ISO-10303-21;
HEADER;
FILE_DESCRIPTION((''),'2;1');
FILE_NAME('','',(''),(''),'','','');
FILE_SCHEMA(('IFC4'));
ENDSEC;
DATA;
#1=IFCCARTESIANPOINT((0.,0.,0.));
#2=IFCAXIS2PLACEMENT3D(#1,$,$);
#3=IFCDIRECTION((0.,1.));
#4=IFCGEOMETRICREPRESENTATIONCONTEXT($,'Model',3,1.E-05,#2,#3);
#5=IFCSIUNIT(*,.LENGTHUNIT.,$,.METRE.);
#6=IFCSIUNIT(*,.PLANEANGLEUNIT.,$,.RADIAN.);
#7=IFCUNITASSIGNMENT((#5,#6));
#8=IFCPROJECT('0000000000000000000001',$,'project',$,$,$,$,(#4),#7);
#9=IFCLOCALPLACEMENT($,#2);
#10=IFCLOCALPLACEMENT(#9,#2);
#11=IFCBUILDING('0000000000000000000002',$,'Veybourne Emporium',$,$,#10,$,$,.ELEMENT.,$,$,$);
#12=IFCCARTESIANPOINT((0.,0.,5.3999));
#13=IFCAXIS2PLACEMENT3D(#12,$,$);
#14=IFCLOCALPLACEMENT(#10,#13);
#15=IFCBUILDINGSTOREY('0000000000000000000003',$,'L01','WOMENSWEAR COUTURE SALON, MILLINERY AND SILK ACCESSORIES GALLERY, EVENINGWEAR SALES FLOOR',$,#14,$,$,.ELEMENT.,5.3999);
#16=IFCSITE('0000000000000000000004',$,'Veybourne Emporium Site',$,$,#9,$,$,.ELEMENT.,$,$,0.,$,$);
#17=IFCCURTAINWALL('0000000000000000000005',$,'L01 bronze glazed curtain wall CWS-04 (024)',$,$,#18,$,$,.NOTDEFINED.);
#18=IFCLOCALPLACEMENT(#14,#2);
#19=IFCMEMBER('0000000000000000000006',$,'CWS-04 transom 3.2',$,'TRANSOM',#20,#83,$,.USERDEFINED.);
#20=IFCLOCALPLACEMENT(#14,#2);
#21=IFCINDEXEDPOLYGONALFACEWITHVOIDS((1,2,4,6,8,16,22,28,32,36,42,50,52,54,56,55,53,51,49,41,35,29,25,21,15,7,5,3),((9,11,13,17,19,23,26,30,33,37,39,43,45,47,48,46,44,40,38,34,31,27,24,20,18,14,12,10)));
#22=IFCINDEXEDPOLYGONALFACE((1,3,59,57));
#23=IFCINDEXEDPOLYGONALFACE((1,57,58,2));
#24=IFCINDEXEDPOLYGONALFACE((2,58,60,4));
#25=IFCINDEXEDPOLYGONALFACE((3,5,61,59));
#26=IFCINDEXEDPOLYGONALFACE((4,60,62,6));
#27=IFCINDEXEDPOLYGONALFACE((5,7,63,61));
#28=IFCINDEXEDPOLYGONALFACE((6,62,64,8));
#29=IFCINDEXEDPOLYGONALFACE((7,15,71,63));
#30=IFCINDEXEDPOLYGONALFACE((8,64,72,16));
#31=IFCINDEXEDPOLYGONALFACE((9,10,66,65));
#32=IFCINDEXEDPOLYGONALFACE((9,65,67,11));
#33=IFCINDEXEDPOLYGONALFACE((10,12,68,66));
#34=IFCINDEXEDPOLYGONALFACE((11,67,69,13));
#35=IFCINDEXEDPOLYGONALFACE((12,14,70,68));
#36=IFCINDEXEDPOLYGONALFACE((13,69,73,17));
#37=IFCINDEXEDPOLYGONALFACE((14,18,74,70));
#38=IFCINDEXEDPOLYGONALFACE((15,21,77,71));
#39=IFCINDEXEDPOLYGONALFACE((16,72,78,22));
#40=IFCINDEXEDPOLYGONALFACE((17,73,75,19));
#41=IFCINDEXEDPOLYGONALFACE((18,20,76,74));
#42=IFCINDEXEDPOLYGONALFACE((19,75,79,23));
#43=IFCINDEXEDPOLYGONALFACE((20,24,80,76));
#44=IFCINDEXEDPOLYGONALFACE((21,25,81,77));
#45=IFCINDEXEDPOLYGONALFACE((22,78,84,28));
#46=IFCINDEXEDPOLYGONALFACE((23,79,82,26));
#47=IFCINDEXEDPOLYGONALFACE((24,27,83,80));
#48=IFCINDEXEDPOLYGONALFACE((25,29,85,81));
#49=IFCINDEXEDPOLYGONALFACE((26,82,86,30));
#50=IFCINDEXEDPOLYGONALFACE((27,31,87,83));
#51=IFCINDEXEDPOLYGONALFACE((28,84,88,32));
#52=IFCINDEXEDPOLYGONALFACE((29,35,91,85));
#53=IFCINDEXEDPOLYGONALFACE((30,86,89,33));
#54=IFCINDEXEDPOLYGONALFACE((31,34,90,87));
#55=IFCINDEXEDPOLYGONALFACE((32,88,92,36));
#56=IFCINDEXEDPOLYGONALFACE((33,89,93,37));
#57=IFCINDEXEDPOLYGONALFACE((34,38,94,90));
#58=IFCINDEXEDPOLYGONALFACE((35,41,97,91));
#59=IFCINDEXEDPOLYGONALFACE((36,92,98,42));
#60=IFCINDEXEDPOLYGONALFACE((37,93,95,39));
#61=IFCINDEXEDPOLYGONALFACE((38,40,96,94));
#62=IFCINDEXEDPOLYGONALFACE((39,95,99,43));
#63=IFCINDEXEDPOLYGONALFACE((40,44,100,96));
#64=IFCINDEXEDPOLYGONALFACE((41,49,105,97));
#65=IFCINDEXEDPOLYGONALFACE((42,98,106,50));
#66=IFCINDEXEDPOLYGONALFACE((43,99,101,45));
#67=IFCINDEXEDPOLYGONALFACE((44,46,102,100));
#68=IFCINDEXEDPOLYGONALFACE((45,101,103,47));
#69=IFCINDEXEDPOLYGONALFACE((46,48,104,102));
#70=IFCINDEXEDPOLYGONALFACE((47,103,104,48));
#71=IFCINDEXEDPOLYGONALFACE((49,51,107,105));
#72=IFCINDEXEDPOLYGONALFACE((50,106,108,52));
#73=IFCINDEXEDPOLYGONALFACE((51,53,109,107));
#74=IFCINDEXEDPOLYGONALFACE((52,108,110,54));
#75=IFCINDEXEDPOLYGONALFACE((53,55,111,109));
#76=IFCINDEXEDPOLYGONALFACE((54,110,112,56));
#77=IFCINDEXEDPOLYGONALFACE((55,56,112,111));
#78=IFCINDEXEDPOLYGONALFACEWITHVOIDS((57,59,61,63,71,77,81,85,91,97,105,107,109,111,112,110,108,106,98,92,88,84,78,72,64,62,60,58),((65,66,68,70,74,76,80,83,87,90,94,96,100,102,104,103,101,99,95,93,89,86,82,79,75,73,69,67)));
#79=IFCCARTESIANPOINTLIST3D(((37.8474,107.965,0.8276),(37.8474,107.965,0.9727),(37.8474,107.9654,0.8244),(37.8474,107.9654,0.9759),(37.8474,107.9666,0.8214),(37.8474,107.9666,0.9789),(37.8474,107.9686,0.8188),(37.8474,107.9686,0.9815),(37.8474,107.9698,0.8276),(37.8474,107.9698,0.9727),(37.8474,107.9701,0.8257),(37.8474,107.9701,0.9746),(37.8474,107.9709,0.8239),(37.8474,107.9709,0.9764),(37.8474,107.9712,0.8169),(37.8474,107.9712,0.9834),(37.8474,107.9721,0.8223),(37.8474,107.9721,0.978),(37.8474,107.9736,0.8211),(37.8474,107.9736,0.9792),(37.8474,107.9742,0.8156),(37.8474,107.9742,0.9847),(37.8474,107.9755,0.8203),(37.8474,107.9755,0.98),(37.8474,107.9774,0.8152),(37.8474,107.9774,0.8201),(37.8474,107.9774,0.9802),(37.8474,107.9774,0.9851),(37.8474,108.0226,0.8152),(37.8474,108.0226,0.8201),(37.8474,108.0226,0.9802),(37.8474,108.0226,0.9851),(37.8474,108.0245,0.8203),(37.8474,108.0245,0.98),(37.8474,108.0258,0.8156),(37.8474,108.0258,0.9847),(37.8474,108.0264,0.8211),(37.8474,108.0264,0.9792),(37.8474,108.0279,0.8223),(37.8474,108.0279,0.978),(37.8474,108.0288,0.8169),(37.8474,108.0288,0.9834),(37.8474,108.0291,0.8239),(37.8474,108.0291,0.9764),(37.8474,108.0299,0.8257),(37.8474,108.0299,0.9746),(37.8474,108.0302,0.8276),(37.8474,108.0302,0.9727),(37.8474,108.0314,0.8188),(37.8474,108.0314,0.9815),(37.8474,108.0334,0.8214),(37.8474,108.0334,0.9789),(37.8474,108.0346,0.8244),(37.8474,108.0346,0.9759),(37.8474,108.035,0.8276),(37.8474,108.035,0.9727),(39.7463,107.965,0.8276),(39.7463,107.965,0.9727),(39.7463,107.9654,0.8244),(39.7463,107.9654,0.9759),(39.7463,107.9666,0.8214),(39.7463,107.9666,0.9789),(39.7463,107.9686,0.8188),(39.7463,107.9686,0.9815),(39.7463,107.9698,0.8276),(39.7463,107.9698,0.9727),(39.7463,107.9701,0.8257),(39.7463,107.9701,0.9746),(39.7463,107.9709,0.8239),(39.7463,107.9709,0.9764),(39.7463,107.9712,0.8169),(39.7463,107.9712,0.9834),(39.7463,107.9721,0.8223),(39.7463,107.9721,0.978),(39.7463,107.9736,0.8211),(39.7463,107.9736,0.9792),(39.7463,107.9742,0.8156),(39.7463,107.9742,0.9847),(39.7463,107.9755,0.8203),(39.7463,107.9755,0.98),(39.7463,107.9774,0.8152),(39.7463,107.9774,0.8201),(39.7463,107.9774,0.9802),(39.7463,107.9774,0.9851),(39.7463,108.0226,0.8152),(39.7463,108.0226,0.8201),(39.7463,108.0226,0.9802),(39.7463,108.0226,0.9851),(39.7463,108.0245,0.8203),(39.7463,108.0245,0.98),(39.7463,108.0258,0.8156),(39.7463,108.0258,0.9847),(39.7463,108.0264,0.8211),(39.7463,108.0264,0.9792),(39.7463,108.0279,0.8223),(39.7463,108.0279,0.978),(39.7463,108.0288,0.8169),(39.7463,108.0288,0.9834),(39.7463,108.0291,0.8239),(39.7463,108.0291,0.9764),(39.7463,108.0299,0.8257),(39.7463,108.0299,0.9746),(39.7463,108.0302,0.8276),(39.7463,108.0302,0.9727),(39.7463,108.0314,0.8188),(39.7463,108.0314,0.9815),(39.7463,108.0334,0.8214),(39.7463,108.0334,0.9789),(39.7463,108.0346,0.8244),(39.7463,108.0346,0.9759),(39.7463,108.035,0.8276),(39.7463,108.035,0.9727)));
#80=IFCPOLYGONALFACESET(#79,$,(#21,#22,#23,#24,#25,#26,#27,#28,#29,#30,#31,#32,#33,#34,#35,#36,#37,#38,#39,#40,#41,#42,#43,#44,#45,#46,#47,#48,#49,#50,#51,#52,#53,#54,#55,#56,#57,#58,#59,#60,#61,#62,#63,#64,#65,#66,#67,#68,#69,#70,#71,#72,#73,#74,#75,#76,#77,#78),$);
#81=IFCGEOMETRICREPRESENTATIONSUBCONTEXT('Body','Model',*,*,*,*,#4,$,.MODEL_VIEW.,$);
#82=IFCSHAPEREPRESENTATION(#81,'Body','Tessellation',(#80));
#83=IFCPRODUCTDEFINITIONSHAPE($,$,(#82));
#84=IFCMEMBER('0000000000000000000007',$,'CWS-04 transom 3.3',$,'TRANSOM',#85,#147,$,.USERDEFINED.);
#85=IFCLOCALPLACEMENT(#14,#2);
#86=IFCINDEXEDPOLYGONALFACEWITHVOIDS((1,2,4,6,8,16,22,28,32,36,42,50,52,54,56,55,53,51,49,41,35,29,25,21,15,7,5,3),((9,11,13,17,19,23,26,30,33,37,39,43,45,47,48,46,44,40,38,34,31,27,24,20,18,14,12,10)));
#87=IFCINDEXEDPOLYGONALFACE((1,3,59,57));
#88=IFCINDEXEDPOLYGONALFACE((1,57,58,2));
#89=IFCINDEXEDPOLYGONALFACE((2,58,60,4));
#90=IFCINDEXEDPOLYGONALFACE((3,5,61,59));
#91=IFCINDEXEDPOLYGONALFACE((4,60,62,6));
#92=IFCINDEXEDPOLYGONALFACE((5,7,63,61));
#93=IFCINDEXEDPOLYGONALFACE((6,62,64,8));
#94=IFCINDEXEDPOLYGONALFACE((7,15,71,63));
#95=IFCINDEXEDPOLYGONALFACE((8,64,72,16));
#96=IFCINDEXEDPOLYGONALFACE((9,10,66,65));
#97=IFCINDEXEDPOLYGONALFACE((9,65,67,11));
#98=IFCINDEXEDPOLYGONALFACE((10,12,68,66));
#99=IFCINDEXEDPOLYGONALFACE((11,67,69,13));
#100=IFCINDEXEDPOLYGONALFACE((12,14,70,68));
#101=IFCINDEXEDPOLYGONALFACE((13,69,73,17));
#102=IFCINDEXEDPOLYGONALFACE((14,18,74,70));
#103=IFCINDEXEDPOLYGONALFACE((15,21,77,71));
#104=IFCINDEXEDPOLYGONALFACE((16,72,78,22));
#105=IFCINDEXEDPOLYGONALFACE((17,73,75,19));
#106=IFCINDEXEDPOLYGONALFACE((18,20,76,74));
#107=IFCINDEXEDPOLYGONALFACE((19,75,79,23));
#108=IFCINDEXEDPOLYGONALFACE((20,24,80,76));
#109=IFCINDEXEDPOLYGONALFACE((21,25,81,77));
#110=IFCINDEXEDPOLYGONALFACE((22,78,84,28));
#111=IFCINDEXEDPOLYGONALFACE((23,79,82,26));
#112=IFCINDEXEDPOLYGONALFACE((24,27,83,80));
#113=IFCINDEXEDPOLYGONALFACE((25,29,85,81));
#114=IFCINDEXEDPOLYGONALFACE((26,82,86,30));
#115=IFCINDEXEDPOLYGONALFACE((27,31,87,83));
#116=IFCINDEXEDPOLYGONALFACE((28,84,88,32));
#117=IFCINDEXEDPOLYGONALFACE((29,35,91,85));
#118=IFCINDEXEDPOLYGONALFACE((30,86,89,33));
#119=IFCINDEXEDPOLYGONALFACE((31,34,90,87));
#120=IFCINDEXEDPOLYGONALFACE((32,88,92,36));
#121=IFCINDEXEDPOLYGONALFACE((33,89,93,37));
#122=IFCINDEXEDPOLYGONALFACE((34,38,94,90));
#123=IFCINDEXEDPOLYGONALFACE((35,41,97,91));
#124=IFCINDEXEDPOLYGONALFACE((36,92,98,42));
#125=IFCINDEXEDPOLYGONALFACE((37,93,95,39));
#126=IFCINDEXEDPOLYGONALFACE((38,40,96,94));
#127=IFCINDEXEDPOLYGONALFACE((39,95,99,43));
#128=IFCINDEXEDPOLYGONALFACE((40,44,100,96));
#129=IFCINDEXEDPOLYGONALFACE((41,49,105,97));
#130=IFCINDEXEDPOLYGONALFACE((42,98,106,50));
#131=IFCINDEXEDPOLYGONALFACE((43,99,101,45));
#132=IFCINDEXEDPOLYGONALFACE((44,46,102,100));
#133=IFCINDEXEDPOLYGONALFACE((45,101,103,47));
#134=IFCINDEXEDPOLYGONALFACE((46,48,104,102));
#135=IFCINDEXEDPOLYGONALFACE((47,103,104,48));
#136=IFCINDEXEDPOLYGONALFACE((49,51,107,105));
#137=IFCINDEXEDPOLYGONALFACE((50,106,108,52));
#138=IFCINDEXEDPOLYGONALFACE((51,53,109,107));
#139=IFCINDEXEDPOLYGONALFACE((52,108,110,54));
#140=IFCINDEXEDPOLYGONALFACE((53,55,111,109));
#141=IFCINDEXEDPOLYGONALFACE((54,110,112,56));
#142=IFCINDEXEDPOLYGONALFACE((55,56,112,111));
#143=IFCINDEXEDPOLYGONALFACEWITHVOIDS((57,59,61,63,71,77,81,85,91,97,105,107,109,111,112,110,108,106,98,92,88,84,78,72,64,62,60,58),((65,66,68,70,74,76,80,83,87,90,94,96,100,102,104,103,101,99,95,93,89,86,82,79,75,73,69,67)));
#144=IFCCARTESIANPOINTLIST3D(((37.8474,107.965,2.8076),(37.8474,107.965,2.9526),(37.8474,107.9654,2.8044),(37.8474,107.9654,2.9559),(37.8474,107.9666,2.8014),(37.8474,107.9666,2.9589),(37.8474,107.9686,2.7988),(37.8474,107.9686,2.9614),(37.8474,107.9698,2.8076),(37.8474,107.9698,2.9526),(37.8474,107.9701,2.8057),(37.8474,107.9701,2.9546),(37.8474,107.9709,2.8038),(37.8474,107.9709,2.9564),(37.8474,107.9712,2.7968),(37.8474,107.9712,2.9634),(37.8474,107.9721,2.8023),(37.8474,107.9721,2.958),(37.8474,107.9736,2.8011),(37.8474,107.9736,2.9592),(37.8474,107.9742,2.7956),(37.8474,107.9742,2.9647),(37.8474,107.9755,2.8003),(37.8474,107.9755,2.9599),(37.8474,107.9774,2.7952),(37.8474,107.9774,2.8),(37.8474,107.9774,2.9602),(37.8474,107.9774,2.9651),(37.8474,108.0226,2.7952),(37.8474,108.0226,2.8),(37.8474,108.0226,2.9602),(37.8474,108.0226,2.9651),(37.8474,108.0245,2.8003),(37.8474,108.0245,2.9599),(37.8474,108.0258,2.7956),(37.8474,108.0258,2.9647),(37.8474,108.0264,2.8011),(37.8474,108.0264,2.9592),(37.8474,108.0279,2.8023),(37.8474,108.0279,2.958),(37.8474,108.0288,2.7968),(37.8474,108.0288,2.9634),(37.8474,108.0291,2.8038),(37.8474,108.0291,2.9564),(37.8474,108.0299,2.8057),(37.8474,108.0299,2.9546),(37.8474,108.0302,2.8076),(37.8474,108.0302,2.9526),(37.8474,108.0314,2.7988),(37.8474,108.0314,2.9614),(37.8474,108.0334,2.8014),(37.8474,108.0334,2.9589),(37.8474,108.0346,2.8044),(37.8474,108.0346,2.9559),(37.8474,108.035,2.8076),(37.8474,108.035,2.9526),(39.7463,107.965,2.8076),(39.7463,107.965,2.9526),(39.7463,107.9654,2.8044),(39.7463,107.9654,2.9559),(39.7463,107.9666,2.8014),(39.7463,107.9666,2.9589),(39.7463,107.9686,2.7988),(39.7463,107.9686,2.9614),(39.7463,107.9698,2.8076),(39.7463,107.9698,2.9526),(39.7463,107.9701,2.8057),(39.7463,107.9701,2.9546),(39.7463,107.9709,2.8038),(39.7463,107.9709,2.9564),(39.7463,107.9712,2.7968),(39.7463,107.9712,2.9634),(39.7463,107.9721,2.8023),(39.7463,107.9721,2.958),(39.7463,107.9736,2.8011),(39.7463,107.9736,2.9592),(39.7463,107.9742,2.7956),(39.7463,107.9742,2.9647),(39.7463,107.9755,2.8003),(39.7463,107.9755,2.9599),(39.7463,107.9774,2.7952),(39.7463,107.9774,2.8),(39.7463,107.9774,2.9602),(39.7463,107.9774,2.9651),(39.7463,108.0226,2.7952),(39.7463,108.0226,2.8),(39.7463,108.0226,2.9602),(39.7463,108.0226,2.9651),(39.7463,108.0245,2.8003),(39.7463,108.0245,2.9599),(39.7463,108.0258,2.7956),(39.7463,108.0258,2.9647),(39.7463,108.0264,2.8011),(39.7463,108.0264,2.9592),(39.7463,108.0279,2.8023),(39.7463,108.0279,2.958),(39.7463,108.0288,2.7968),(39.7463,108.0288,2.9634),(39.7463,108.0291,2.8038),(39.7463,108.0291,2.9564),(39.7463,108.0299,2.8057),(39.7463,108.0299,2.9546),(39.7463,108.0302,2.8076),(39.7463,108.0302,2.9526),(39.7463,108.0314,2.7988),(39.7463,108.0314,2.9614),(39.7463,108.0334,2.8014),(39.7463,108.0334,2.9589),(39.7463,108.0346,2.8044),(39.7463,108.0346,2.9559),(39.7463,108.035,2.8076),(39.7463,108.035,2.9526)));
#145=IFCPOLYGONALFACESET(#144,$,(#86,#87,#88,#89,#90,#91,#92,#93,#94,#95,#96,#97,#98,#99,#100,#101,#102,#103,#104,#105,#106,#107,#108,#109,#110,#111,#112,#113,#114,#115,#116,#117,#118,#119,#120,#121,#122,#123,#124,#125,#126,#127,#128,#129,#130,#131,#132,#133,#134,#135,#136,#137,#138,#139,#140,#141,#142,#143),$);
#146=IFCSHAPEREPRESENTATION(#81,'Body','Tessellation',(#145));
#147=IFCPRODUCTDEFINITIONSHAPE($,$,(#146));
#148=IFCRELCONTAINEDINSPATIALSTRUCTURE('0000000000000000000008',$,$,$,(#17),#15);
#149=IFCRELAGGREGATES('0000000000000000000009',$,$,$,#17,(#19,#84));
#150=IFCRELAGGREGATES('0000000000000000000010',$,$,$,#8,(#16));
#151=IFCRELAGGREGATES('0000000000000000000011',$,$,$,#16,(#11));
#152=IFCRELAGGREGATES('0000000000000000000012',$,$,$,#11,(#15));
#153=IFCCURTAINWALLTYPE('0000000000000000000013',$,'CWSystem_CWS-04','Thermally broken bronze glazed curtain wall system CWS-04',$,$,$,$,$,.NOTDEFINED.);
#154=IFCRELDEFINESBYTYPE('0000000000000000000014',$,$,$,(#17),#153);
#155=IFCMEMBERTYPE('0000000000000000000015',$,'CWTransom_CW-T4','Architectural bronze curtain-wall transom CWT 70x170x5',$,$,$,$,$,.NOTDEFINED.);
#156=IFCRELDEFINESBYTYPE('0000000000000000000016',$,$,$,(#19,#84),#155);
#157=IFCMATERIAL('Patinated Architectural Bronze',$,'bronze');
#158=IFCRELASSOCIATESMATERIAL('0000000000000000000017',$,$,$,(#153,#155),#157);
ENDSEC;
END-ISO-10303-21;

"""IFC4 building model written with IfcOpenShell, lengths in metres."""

from ifc_helpers import new_model, si_unit, direction, frame, origin, origin_2d, place, context, subcontext, project, spatial, hollow_rectangle, extrude, material, material_profile, profile_set, type_object, element, aggregate, save


model = new_model("IFC4")

# Units and contexts
model_context = context("Model", 3, precision=1e-05, world=origin(), true_north=direction((0.0, 1.0)))
body_context = subcontext(model_context, "Body", "Model", "MODEL_VIEW")
ifc_project = project(units=[si_unit("LENGTHUNIT", "METRE"), si_unit("PLANEANGLEUNIT", "RADIAN")], contexts=[model_context])

# Site, building, storey
site_placement = place(None, origin())
site = spatial("IfcSite", under=ifc_project, at=site_placement, Name="Veybourne Emporium Site", CompositionType="ELEMENT", RefElevation=0.0)
building_placement = place(site_placement, origin())
building = spatial("IfcBuilding", under=site, at=building_placement, Name="Veybourne Emporium", CompositionType="ELEMENT")
storey_placement = place(building_placement, frame((0.0, 0.0, 5.3999)))
storey = spatial("IfcBuildingStorey", under=building, at=storey_placement, Name="L01", Description="WOMENSWEAR COUTURE SALON, MILLINERY AND SILK ACCESSORIES GALLERY, EVENINGWEAR SALES FLOOR", CompositionType="ELEMENT", Elevation=5.3999)

# Curtain wall, members
ifc_material_1 = material(Name="Patinated Architectural Bronze", Category="bronze")
curtain_wall_type = type_object("IfcCurtainWallType", Name="CWSystem_CWS-04", Description="Thermally broken bronze glazed curtain wall system CWS-04", PredefinedType="NOTDEFINED", material=ifc_material_1)
curtain_wall_placement = place(storey_placement, origin())
curtain_wall = element("IfcCurtainWall", 1, at=curtain_wall_placement, inside=storey, type_object=curtain_wall_type, Name="L01 bronze glazed curtain wall CWS-04 (024)", PredefinedType="NOTDEFINED")
ifc_material_profile_1 = material_profile(ifc_material_1, hollow_rectangle(XDim=0.0701, YDim=0.1699, WallThickness=0.0049, InnerFilletRadius=0.0076, OuterFilletRadius=0.0125, at=origin_2d()), Name="CWT 70x170x5")
ifc_profile_set_1 = profile_set([ifc_material_profile_1], Name="Patinated Architectural Bronze")
member_type_1 = type_object("IfcMemberType", Name="CWTransom_CW-T4", Description="Architectural bronze curtain-wall transom CWT 70x170x5", PredefinedType="NOTDEFINED", material=ifc_profile_set_1)
member_1_placement = place(storey_placement, frame((37.8474, 108.0, 0.9001), z_axis=(1.0, 0.0, 0.0), x_axis=(0.0, 1.0, 0.0)))
member_1 = element("IfcMember", 2, at=member_1_placement, type_object=member_type_1, Name="CWS-04 transom 3.2", ObjectType="TRANSOM", PredefinedType="USERDEFINED", context=body_context, shape_type="SweptSolid", body=[
    extrude(hollow_rectangle(XDim=0.0701, YDim=0.1699, WallThickness=0.0049, InnerFilletRadius=0.0076, OuterFilletRadius=0.0125, at=origin_2d()), origin(), (0.0, 0.0, 1.0), 1.8989),
])
member_2_placement = place(storey_placement, frame((37.8474, 108.0, 2.8801), z_axis=(1.0, 0.0, 0.0), x_axis=(0.0, 1.0, 0.0)))
member_2 = element("IfcMember", 3, at=member_2_placement, type_object=member_type_1, Name="CWS-04 transom 3.3", ObjectType="TRANSOM", PredefinedType="USERDEFINED", context=body_context, shape_type="SweptSolid", body=[
    extrude(hollow_rectangle(XDim=0.0701, YDim=0.1699, WallThickness=0.0049, InnerFilletRadius=0.0076, OuterFilletRadius=0.0125, at=origin_2d()), origin(), (0.0, 0.0, 1.0), 1.8989),
])
aggregate(curtain_wall, [member_1, member_2])

save(model, "model.ifc")
